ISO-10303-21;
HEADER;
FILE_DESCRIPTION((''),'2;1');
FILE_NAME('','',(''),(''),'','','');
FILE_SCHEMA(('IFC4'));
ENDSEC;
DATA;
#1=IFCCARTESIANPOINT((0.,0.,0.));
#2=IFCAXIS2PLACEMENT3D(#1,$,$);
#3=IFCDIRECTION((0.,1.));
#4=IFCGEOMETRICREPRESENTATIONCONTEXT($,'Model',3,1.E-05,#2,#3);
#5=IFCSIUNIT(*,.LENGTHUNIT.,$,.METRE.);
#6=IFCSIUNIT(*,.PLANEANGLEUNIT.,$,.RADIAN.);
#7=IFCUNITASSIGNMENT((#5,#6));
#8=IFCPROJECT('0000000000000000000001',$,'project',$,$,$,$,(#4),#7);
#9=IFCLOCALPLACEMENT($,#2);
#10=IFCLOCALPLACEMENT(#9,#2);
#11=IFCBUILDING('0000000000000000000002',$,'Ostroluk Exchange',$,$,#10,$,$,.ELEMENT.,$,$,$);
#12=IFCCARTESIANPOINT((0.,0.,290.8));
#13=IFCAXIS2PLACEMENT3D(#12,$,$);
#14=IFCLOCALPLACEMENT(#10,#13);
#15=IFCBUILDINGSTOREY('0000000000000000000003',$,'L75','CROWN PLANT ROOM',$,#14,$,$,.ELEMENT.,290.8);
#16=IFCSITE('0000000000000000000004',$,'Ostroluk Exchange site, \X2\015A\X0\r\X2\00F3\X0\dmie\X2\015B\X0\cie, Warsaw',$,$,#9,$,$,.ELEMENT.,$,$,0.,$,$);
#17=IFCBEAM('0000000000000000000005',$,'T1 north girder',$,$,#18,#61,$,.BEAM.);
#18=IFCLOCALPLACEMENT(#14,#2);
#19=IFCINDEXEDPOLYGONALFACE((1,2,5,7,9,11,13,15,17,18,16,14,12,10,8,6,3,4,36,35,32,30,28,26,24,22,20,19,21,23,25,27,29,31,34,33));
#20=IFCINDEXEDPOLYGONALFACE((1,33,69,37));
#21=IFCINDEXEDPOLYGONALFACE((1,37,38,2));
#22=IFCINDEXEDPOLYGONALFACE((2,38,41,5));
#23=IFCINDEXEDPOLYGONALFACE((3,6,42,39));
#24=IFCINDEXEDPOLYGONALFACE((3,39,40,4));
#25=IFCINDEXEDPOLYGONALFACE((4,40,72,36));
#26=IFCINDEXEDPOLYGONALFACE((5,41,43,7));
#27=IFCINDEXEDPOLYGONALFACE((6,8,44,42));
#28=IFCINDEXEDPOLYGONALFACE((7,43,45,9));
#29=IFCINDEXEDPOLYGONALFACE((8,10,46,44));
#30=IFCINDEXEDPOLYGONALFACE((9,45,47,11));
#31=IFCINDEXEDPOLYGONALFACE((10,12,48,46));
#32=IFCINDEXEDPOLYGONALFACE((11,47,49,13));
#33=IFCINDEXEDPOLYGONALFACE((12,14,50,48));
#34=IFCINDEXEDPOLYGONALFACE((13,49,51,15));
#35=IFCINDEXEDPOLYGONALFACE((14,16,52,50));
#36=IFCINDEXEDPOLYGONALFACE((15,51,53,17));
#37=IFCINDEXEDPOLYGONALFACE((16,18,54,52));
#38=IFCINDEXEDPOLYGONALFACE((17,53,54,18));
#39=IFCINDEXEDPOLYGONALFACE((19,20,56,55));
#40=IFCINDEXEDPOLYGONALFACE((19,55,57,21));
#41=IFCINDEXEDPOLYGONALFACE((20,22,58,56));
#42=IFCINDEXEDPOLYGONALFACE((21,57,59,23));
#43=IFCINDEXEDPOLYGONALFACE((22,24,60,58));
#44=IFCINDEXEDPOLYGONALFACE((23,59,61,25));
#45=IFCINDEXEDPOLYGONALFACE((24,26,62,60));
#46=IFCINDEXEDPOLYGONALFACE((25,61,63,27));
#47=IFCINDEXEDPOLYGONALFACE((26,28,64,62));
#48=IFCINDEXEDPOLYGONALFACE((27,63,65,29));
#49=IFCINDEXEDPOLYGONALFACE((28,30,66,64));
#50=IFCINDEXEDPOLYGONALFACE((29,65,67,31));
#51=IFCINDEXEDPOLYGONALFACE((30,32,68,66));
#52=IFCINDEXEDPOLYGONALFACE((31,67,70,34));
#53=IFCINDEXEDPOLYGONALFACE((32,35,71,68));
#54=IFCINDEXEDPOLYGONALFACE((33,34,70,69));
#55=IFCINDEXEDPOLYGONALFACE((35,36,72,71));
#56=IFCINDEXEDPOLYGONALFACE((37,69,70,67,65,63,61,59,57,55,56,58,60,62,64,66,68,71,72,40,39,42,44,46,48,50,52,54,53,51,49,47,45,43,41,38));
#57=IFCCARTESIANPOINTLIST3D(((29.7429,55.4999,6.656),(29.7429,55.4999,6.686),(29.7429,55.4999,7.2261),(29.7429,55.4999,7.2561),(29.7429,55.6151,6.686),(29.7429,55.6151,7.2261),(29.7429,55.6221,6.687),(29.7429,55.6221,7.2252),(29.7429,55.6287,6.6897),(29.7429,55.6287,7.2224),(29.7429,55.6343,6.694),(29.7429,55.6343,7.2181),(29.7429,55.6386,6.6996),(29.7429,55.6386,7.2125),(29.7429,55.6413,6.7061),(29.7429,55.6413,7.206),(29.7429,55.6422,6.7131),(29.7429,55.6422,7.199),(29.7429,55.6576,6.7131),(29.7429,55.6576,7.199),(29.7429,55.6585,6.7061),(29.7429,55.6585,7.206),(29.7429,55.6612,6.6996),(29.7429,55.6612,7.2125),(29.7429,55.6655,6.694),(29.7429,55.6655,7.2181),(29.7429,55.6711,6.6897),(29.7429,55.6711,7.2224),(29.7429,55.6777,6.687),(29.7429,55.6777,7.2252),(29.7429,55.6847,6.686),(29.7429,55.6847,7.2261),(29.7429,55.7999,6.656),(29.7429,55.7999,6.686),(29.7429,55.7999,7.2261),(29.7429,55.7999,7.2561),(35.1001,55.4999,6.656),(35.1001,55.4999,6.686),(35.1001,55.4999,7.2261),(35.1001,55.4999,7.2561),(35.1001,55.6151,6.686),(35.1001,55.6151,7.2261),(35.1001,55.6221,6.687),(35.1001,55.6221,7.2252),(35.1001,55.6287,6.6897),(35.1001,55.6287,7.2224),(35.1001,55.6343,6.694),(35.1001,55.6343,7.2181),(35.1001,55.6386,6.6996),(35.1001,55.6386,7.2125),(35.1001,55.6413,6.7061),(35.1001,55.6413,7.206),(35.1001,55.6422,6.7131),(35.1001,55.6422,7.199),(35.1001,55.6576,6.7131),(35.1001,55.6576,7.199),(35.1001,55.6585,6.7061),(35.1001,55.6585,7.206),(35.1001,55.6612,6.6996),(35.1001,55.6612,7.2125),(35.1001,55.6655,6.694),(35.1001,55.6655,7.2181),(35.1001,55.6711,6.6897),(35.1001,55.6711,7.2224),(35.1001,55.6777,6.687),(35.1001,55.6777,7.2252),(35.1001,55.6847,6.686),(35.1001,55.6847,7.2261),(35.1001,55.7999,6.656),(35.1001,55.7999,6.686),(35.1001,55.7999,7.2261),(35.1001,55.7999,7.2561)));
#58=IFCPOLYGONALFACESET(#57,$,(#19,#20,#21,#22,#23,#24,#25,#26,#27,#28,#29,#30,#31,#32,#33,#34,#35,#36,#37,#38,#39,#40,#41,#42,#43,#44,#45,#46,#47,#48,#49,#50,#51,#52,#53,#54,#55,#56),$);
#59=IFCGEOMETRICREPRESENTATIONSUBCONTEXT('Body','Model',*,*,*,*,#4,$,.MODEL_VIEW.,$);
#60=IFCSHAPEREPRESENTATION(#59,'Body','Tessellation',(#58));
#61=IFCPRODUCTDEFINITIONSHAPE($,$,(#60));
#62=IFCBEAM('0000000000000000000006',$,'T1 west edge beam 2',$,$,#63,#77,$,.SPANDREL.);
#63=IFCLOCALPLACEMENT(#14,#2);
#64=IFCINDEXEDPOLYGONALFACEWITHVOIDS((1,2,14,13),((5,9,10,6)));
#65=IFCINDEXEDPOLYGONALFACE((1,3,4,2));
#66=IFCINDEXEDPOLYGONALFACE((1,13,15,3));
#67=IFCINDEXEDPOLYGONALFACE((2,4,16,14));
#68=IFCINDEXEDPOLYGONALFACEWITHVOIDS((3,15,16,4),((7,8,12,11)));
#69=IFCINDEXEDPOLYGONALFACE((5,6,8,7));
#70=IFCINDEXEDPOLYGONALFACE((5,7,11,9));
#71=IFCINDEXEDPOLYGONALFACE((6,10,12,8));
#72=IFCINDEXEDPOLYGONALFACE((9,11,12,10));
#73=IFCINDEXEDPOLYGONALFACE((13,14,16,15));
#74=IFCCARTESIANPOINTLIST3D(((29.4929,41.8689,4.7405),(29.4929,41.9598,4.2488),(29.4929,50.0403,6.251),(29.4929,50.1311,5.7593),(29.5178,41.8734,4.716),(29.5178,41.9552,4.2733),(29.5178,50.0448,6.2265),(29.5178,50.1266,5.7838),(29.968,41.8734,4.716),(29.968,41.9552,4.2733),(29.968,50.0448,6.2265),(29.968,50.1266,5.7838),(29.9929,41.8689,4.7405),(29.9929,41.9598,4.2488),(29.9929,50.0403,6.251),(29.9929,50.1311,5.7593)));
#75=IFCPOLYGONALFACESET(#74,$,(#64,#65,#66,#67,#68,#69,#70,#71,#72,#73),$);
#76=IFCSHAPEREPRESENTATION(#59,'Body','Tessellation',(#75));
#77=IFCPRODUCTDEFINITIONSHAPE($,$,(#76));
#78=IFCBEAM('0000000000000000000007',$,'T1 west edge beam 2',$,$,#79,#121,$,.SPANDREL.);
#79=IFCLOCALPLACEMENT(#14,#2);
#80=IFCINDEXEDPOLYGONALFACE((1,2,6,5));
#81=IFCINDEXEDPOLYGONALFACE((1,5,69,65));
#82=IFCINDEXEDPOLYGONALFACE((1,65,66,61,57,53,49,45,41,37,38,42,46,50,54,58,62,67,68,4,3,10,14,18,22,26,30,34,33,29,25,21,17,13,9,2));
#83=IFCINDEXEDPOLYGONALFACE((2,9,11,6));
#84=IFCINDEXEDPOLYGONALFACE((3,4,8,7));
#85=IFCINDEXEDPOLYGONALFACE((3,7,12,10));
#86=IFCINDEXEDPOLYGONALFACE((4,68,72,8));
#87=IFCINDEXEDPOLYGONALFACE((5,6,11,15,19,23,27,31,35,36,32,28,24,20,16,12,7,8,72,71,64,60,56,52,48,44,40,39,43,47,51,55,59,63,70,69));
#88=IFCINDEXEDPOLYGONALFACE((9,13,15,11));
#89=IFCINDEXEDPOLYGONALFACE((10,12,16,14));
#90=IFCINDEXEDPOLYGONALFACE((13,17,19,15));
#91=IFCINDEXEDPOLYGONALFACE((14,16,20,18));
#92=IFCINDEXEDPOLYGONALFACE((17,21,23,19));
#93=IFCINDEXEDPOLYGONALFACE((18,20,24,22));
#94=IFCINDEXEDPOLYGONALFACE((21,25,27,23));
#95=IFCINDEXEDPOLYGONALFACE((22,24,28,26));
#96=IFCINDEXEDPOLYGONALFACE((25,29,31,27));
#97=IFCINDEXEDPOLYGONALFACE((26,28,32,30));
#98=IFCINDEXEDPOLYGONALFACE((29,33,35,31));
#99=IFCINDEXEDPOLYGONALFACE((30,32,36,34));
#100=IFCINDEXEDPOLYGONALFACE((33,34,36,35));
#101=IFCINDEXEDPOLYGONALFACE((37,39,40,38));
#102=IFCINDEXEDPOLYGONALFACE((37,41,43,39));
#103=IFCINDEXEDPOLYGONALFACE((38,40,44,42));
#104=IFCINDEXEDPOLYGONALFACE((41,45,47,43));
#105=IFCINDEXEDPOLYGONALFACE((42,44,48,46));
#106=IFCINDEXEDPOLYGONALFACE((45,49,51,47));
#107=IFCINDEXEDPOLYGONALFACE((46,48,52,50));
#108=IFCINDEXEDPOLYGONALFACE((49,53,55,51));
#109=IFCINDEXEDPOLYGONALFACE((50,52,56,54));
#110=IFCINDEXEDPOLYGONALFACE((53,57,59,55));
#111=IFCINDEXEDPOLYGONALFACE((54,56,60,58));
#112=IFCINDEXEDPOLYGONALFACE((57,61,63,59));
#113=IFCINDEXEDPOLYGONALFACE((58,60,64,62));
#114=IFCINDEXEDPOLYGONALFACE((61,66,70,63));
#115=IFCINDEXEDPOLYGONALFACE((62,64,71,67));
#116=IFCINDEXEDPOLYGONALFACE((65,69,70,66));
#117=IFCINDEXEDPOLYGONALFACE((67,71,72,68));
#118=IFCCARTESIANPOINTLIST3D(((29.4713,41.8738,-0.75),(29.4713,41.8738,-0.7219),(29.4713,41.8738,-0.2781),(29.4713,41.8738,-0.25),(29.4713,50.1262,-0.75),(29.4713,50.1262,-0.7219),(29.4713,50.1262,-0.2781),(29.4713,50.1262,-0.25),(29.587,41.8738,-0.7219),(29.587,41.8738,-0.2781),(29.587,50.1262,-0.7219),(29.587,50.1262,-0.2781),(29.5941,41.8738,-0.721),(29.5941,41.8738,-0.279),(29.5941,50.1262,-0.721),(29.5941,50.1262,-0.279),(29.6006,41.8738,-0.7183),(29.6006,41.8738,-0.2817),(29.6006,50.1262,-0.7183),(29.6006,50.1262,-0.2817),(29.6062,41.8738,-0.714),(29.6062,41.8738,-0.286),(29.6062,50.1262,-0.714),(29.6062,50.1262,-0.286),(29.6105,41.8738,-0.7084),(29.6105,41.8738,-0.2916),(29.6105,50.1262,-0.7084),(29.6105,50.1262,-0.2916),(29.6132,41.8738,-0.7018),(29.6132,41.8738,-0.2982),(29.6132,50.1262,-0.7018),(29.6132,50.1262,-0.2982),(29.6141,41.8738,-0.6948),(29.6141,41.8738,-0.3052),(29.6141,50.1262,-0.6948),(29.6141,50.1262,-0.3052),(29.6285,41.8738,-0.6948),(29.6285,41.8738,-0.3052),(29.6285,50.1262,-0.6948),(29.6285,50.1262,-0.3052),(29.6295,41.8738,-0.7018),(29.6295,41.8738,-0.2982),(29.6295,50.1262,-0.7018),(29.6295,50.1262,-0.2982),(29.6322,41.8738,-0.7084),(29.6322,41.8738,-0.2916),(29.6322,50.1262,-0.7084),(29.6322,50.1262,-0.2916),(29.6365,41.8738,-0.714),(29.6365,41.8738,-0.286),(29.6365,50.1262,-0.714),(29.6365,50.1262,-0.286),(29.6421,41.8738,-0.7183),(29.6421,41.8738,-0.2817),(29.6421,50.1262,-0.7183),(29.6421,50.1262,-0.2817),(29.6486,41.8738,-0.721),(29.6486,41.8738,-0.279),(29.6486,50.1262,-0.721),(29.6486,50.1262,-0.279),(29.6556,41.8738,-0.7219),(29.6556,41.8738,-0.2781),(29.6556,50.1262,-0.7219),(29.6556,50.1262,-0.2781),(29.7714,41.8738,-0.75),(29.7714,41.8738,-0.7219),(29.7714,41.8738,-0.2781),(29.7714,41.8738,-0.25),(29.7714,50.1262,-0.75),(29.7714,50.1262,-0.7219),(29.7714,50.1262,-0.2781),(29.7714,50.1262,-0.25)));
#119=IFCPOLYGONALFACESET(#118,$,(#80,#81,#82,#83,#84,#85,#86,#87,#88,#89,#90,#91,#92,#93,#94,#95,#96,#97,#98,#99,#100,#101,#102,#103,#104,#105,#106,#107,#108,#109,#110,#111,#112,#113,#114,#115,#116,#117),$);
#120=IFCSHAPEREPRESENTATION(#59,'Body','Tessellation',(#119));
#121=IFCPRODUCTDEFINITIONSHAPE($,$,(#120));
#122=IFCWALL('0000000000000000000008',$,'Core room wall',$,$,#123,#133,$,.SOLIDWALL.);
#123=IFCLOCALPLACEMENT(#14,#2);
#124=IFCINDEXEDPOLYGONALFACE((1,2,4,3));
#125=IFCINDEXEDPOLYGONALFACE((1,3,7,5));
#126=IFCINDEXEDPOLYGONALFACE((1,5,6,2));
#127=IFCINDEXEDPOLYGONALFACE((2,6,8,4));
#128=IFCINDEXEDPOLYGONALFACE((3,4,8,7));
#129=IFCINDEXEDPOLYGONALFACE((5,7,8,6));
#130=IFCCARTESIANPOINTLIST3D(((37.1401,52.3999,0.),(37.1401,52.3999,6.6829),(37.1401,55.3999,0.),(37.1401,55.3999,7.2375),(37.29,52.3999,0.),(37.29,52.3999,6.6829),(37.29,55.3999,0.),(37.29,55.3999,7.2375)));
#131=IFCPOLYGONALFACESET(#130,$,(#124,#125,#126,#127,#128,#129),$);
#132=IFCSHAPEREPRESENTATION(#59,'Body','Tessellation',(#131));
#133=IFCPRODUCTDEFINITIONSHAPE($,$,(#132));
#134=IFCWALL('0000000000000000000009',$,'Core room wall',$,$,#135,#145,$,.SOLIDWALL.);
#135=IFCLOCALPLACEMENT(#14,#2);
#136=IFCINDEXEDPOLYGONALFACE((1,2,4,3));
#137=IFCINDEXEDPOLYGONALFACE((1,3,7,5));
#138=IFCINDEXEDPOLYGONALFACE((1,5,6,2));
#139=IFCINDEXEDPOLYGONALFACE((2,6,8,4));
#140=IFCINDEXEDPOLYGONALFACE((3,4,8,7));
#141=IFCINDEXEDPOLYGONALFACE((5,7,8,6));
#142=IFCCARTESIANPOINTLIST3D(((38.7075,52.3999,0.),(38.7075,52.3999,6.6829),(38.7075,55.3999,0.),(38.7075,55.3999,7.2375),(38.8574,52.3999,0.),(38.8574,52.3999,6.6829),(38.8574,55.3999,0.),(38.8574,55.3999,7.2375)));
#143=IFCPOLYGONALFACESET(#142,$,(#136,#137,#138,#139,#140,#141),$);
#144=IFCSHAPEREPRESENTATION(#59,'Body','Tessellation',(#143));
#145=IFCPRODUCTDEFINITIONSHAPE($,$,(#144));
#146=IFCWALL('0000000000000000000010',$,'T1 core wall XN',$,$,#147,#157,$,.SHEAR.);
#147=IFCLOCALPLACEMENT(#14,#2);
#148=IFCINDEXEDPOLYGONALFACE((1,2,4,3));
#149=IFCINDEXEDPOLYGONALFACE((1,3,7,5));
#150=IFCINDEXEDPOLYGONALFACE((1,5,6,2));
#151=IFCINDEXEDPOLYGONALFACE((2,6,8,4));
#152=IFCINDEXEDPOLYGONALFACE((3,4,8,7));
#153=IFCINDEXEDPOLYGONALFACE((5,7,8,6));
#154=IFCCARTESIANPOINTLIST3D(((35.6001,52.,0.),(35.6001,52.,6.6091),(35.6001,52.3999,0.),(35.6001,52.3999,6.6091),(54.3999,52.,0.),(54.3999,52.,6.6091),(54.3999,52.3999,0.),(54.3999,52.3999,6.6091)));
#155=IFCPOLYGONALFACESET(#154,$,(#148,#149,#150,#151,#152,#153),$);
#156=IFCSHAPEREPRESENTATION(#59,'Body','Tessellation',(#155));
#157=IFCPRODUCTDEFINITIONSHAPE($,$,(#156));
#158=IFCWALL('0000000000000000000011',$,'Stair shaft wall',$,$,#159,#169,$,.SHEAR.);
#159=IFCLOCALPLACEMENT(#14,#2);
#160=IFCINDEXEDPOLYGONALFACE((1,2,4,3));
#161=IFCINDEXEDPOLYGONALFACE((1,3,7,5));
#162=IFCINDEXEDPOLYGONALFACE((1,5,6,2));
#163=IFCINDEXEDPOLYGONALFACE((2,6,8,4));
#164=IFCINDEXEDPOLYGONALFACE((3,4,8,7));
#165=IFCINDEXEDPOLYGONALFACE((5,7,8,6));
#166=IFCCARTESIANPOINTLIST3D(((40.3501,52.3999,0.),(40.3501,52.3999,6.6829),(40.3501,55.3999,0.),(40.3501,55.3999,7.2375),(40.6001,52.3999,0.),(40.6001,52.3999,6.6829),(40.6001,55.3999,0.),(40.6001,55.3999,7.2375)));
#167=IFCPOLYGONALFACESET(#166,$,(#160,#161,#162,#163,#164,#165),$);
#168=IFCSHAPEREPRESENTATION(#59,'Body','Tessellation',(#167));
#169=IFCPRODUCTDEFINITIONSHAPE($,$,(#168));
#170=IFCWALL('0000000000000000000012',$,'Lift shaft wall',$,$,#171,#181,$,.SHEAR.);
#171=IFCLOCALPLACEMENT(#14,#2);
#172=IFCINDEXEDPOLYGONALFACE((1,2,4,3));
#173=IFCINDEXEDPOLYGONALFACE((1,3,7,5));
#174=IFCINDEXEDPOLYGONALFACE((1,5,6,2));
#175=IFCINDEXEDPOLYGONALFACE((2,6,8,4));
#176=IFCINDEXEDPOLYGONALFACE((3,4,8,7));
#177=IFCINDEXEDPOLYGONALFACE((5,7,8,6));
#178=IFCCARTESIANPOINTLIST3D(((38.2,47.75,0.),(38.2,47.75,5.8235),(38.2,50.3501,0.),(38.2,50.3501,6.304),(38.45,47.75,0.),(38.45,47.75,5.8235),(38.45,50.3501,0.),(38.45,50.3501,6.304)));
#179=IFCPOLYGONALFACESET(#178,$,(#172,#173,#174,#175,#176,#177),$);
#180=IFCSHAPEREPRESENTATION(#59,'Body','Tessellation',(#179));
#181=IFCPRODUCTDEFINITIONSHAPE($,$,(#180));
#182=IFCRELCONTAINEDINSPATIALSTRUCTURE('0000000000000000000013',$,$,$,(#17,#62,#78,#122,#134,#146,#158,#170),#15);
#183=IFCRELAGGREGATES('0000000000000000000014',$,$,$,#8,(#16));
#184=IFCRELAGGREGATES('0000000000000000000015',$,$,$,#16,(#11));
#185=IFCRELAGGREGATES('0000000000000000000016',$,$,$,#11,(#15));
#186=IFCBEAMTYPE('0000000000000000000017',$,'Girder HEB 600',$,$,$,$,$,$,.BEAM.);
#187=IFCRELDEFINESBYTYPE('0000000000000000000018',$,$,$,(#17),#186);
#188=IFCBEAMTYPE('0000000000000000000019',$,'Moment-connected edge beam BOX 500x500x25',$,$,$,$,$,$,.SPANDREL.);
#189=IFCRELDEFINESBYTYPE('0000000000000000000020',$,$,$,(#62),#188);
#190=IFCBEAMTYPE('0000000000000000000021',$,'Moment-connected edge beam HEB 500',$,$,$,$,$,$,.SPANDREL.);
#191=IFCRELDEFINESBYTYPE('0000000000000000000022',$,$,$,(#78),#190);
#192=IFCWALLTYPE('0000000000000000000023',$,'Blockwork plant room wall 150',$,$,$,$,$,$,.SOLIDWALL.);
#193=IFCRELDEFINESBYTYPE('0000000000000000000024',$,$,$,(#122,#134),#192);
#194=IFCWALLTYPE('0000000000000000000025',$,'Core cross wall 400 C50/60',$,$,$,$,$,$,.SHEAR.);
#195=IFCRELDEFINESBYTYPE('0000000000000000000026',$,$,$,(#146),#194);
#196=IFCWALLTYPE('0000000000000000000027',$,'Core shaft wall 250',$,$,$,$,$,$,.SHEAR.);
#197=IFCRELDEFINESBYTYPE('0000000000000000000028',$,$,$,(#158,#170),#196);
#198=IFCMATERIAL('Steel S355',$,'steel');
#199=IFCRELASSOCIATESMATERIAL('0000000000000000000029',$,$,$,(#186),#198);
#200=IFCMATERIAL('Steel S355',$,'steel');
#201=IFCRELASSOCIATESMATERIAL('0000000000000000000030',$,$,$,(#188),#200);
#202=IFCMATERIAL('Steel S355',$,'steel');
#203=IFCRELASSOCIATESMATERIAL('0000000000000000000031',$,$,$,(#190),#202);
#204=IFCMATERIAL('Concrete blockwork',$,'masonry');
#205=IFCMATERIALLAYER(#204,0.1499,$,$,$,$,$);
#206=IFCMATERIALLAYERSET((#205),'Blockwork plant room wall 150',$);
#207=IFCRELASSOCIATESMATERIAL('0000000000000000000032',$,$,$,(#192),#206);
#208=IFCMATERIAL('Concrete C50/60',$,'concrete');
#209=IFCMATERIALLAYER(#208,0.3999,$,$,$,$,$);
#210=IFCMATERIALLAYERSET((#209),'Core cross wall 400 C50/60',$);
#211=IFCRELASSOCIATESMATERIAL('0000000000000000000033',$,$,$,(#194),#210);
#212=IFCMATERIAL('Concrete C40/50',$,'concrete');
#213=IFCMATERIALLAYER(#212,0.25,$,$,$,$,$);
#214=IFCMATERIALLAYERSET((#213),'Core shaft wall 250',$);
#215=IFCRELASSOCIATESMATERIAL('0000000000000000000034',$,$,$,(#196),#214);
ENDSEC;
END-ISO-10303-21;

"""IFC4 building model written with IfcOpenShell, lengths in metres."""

from ifc_helpers import new_model, si_unit, direction, frame, frame_2d, origin, origin_2d, place, context, subcontext, project, spatial, polyline, rectangle, hollow_rectangle, i_section, outline, extrude, material, layer, layer_set, material_profile, profile_set, type_object, element, save


model = new_model("IFC4")

# Units and contexts
model_context = context("Model", 3, precision=1e-05, world=origin(), true_north=direction((0.0, 1.0)))
body_context = subcontext(model_context, "Body", "Model", "MODEL_VIEW")
ifc_project = project(units=[si_unit("LENGTHUNIT", "METRE"), si_unit("PLANEANGLEUNIT", "RADIAN")], contexts=[model_context])

# Site, building, storey
site_placement = place(None, origin())
site = spatial("IfcSite", under=ifc_project, at=site_placement, Name="Ostroluk Exchange site, Śródmieście, Warsaw", CompositionType="ELEMENT", RefElevation=0.0)
building_placement = place(site_placement, origin())
building = spatial("IfcBuilding", under=site, at=building_placement, Name="Ostroluk Exchange", CompositionType="ELEMENT")
storey_placement = place(building_placement, frame((0.0, 0.0, 290.8)))
storey = spatial("IfcBuildingStorey", under=building, at=storey_placement, Name="L75", Description="CROWN PLANT ROOM", CompositionType="ELEMENT", Elevation=290.8)

# Beams
ifc_material_1 = material(Name="Steel S355", Category="steel")
ifc_material_profile_1 = material_profile(ifc_material_1, i_section(OverallWidth=0.3, OverallDepth=0.6001, WebThickness=0.0154, FlangeThickness=0.03, FilletRadius=0.0271, at=origin_2d()), Name="HEB 600")
ifc_profile_set_1 = profile_set([ifc_material_profile_1], Name="Steel S355")
beam_type_1 = type_object("IfcBeamType", Name="Girder HEB 600", PredefinedType="BEAM", material=ifc_profile_set_1)
beam_1_placement = place(storey_placement, frame((35.1001, 55.6499, 6.9561), z_axis=(-1.0, 0.0, 0.0), x_axis=(0.0, -1.0, 0.0)))
element("IfcBeam", 1, at=beam_1_placement, inside=storey, type_object=beam_type_1, Name="T1 north girder", PredefinedType="BEAM", context=body_context, shape_type="SweptSolid", body=[
    extrude(i_section(OverallWidth=0.3, OverallDepth=0.6001, WebThickness=0.0154, FlangeThickness=0.03, FilletRadius=0.0271, at=origin_2d()), origin(), (0.0, 0.0, 1.0), 5.3572),
])
ifc_material_2 = material(Name="Steel S355", Category="steel")
ifc_material_profile_2 = material_profile(ifc_material_2, hollow_rectangle(XDim=0.5, YDim=0.5, WallThickness=0.0249, at=origin_2d()), Name="BOX 500x500x25")
ifc_profile_set_2 = profile_set([ifc_material_profile_2], Name="Steel S355")
beam_type_2 = type_object("IfcBeamType", Name="Moment-connected edge beam BOX 500x500x25", PredefinedType="SPANDREL", material=ifc_profile_set_2)
beam_2_placement = place(storey_placement, frame((29.7429, 50.0857, 6.0051), z_axis=(0.0, -0.983341, -0.181773), x_axis=(1.0, 0.0, 0.0)))
element("IfcBeam", 2, at=beam_2_placement, inside=storey, type_object=beam_type_2, Name="T1 west edge beam 2", PredefinedType="SPANDREL", context=body_context, shape_type="SweptSolid", body=[
    extrude(hollow_rectangle(XDim=0.5, YDim=0.5, WallThickness=0.0249, at=origin_2d()), origin(), (0.0, 0.0, 1.0), 8.3098),
])
ifc_material_3 = material(Name="Steel S355", Category="steel")
ifc_material_profile_3 = material_profile(ifc_material_3, i_section(OverallWidth=0.3, OverallDepth=0.5, WebThickness=0.0144, FlangeThickness=0.0281, FilletRadius=0.0271, at=origin_2d()), Name="HEB 500")
ifc_profile_set_3 = profile_set([ifc_material_profile_3], Name="Steel S355")
beam_type_3 = type_object("IfcBeamType", Name="Moment-connected edge beam HEB 500", PredefinedType="SPANDREL", material=ifc_profile_set_3)
beam_3_placement = place(storey_placement, frame((29.6213, 50.1262, -0.5), z_axis=(0.0, -1.0, 0.0), x_axis=(1.0, 0.0, 0.0)))
element("IfcBeam", 3, at=beam_3_placement, inside=storey, type_object=beam_type_3, Name="T1 west edge beam 2", PredefinedType="SPANDREL", context=body_context, shape_type="SweptSolid", body=[
    extrude(i_section(OverallWidth=0.3, OverallDepth=0.5, WebThickness=0.0144, FlangeThickness=0.0281, FilletRadius=0.0271, at=origin_2d()), origin(), (0.0, 0.0, 1.0), 8.2524),
])

# Walls
ifc_material_4 = material(Name="Concrete blockwork", Category="masonry")
ifc_layer_1 = layer(ifc_material_4, 0.1499)
ifc_layer_set_1 = layer_set([ifc_layer_1], Name="Blockwork plant room wall 150")
wall_type_1 = type_object("IfcWallType", Name="Blockwork plant room wall 150", PredefinedType="SOLIDWALL", material=ifc_layer_set_1)
for number, where, z_axis, x_axis, name in (
    (4, (37.2151, 52.3999, 0.0), (0.0, 0.0, 1.0), (0.0, 1.0, 0.0), "Core room wall"),
    (5, (38.7825, 52.3999, 0.0), (0.0, 0.0, 1.0), (0.0, 1.0, 0.0), "Core room wall"),
):
    element("IfcWall", number, at=place(storey_placement, frame(where, z_axis=z_axis, x_axis=x_axis)), inside=storey, type_object=wall_type_1, Name=name, PredefinedType="SOLIDWALL", context=body_context, shape_type="SweptSolid", body=[
        extrude(outline(polyline([(0.0, 0.0), (3.0, 0.0), (3.0, 7.2375), (0.0, 6.6829), (0.0, 0.0)])), frame((0.0, 0.075, 0.0), z_axis=(0.0, -1.0, 0.0), x_axis=(1.0, 0.0, 0.0)), (0.0, 0.0, 1.0), 0.1499),
    ])
ifc_material_5 = material(Name="Concrete C50/60", Category="concrete")
ifc_layer_2 = layer(ifc_material_5, 0.3999)
ifc_layer_set_2 = layer_set([ifc_layer_2], Name="Core cross wall 400 C50/60")
wall_type_2 = type_object("IfcWallType", Name="Core cross wall 400 C50/60", PredefinedType="SHEAR", material=ifc_layer_set_2)
wall_1_placement = place(storey_placement, frame((35.6001, 52.2, 0.0), z_axis=(0.0, 0.0, 1.0), x_axis=(1.0, 0.0, 0.0)))
element("IfcWall", 6, at=wall_1_placement, inside=storey, type_object=wall_type_2, Name="T1 core wall XN", PredefinedType="SHEAR", context=body_context, shape_type="SweptSolid", body=[
    extrude(rectangle(XDim=18.7998, YDim=0.3999, at=frame_2d((9.3999, 0.0))), origin(), (0.0, 0.0, 1.0), 6.6091),
])
ifc_material_6 = material(Name="Concrete C40/50", Category="concrete")
ifc_layer_3 = layer(ifc_material_6, 0.25)
ifc_layer_set_3 = layer_set([ifc_layer_3], Name="Core shaft wall 250")
wall_type_3 = type_object("IfcWallType", Name="Core shaft wall 250", PredefinedType="SHEAR", material=ifc_layer_set_3)
wall_2_placement = place(storey_placement, frame((40.4751, 52.3999, 0.0), z_axis=(0.0, 0.0, 1.0), x_axis=(0.0, 1.0, 0.0)))
element("IfcWall", 7, at=wall_2_placement, inside=storey, type_object=wall_type_3, Name="Stair shaft wall", PredefinedType="SHEAR", context=body_context, shape_type="SweptSolid", body=[
    extrude(outline(polyline([(0.0, 0.0), (3.0, 0.0), (3.0, 7.2375), (0.0, 6.6829), (0.0, 0.0)])), frame((0.0, 0.125, 0.0), z_axis=(0.0, -1.0, 0.0), x_axis=(1.0, 0.0, 0.0)), (0.0, 0.0, 1.0), 0.25),
])
for number, where, z_axis, x_axis, name in (
    (8, (38.325, 47.75, 0.0), (0.0, 0.0, 1.0), (0.0, 1.0, 0.0), "Lift shaft wall"),
):
    element("IfcWall", number, at=place(storey_placement, frame(where, z_axis=z_axis, x_axis=x_axis)), inside=storey, type_object=wall_type_3, Name=name, PredefinedType="SHEAR", context=body_context, shape_type="SweptSolid", body=[
        extrude(outline(polyline([(0.0, 0.0), (2.6001, 0.0), (2.6001, 6.304), (0.0, 5.8235), (0.0, 0.0)])), frame((0.0, 0.125, 0.0), z_axis=(0.0, -1.0, 0.0), x_axis=(1.0, 0.0, 0.0)), (0.0, 0.0, 1.0), 0.25),
    ])

save(model, "model.ifc")
